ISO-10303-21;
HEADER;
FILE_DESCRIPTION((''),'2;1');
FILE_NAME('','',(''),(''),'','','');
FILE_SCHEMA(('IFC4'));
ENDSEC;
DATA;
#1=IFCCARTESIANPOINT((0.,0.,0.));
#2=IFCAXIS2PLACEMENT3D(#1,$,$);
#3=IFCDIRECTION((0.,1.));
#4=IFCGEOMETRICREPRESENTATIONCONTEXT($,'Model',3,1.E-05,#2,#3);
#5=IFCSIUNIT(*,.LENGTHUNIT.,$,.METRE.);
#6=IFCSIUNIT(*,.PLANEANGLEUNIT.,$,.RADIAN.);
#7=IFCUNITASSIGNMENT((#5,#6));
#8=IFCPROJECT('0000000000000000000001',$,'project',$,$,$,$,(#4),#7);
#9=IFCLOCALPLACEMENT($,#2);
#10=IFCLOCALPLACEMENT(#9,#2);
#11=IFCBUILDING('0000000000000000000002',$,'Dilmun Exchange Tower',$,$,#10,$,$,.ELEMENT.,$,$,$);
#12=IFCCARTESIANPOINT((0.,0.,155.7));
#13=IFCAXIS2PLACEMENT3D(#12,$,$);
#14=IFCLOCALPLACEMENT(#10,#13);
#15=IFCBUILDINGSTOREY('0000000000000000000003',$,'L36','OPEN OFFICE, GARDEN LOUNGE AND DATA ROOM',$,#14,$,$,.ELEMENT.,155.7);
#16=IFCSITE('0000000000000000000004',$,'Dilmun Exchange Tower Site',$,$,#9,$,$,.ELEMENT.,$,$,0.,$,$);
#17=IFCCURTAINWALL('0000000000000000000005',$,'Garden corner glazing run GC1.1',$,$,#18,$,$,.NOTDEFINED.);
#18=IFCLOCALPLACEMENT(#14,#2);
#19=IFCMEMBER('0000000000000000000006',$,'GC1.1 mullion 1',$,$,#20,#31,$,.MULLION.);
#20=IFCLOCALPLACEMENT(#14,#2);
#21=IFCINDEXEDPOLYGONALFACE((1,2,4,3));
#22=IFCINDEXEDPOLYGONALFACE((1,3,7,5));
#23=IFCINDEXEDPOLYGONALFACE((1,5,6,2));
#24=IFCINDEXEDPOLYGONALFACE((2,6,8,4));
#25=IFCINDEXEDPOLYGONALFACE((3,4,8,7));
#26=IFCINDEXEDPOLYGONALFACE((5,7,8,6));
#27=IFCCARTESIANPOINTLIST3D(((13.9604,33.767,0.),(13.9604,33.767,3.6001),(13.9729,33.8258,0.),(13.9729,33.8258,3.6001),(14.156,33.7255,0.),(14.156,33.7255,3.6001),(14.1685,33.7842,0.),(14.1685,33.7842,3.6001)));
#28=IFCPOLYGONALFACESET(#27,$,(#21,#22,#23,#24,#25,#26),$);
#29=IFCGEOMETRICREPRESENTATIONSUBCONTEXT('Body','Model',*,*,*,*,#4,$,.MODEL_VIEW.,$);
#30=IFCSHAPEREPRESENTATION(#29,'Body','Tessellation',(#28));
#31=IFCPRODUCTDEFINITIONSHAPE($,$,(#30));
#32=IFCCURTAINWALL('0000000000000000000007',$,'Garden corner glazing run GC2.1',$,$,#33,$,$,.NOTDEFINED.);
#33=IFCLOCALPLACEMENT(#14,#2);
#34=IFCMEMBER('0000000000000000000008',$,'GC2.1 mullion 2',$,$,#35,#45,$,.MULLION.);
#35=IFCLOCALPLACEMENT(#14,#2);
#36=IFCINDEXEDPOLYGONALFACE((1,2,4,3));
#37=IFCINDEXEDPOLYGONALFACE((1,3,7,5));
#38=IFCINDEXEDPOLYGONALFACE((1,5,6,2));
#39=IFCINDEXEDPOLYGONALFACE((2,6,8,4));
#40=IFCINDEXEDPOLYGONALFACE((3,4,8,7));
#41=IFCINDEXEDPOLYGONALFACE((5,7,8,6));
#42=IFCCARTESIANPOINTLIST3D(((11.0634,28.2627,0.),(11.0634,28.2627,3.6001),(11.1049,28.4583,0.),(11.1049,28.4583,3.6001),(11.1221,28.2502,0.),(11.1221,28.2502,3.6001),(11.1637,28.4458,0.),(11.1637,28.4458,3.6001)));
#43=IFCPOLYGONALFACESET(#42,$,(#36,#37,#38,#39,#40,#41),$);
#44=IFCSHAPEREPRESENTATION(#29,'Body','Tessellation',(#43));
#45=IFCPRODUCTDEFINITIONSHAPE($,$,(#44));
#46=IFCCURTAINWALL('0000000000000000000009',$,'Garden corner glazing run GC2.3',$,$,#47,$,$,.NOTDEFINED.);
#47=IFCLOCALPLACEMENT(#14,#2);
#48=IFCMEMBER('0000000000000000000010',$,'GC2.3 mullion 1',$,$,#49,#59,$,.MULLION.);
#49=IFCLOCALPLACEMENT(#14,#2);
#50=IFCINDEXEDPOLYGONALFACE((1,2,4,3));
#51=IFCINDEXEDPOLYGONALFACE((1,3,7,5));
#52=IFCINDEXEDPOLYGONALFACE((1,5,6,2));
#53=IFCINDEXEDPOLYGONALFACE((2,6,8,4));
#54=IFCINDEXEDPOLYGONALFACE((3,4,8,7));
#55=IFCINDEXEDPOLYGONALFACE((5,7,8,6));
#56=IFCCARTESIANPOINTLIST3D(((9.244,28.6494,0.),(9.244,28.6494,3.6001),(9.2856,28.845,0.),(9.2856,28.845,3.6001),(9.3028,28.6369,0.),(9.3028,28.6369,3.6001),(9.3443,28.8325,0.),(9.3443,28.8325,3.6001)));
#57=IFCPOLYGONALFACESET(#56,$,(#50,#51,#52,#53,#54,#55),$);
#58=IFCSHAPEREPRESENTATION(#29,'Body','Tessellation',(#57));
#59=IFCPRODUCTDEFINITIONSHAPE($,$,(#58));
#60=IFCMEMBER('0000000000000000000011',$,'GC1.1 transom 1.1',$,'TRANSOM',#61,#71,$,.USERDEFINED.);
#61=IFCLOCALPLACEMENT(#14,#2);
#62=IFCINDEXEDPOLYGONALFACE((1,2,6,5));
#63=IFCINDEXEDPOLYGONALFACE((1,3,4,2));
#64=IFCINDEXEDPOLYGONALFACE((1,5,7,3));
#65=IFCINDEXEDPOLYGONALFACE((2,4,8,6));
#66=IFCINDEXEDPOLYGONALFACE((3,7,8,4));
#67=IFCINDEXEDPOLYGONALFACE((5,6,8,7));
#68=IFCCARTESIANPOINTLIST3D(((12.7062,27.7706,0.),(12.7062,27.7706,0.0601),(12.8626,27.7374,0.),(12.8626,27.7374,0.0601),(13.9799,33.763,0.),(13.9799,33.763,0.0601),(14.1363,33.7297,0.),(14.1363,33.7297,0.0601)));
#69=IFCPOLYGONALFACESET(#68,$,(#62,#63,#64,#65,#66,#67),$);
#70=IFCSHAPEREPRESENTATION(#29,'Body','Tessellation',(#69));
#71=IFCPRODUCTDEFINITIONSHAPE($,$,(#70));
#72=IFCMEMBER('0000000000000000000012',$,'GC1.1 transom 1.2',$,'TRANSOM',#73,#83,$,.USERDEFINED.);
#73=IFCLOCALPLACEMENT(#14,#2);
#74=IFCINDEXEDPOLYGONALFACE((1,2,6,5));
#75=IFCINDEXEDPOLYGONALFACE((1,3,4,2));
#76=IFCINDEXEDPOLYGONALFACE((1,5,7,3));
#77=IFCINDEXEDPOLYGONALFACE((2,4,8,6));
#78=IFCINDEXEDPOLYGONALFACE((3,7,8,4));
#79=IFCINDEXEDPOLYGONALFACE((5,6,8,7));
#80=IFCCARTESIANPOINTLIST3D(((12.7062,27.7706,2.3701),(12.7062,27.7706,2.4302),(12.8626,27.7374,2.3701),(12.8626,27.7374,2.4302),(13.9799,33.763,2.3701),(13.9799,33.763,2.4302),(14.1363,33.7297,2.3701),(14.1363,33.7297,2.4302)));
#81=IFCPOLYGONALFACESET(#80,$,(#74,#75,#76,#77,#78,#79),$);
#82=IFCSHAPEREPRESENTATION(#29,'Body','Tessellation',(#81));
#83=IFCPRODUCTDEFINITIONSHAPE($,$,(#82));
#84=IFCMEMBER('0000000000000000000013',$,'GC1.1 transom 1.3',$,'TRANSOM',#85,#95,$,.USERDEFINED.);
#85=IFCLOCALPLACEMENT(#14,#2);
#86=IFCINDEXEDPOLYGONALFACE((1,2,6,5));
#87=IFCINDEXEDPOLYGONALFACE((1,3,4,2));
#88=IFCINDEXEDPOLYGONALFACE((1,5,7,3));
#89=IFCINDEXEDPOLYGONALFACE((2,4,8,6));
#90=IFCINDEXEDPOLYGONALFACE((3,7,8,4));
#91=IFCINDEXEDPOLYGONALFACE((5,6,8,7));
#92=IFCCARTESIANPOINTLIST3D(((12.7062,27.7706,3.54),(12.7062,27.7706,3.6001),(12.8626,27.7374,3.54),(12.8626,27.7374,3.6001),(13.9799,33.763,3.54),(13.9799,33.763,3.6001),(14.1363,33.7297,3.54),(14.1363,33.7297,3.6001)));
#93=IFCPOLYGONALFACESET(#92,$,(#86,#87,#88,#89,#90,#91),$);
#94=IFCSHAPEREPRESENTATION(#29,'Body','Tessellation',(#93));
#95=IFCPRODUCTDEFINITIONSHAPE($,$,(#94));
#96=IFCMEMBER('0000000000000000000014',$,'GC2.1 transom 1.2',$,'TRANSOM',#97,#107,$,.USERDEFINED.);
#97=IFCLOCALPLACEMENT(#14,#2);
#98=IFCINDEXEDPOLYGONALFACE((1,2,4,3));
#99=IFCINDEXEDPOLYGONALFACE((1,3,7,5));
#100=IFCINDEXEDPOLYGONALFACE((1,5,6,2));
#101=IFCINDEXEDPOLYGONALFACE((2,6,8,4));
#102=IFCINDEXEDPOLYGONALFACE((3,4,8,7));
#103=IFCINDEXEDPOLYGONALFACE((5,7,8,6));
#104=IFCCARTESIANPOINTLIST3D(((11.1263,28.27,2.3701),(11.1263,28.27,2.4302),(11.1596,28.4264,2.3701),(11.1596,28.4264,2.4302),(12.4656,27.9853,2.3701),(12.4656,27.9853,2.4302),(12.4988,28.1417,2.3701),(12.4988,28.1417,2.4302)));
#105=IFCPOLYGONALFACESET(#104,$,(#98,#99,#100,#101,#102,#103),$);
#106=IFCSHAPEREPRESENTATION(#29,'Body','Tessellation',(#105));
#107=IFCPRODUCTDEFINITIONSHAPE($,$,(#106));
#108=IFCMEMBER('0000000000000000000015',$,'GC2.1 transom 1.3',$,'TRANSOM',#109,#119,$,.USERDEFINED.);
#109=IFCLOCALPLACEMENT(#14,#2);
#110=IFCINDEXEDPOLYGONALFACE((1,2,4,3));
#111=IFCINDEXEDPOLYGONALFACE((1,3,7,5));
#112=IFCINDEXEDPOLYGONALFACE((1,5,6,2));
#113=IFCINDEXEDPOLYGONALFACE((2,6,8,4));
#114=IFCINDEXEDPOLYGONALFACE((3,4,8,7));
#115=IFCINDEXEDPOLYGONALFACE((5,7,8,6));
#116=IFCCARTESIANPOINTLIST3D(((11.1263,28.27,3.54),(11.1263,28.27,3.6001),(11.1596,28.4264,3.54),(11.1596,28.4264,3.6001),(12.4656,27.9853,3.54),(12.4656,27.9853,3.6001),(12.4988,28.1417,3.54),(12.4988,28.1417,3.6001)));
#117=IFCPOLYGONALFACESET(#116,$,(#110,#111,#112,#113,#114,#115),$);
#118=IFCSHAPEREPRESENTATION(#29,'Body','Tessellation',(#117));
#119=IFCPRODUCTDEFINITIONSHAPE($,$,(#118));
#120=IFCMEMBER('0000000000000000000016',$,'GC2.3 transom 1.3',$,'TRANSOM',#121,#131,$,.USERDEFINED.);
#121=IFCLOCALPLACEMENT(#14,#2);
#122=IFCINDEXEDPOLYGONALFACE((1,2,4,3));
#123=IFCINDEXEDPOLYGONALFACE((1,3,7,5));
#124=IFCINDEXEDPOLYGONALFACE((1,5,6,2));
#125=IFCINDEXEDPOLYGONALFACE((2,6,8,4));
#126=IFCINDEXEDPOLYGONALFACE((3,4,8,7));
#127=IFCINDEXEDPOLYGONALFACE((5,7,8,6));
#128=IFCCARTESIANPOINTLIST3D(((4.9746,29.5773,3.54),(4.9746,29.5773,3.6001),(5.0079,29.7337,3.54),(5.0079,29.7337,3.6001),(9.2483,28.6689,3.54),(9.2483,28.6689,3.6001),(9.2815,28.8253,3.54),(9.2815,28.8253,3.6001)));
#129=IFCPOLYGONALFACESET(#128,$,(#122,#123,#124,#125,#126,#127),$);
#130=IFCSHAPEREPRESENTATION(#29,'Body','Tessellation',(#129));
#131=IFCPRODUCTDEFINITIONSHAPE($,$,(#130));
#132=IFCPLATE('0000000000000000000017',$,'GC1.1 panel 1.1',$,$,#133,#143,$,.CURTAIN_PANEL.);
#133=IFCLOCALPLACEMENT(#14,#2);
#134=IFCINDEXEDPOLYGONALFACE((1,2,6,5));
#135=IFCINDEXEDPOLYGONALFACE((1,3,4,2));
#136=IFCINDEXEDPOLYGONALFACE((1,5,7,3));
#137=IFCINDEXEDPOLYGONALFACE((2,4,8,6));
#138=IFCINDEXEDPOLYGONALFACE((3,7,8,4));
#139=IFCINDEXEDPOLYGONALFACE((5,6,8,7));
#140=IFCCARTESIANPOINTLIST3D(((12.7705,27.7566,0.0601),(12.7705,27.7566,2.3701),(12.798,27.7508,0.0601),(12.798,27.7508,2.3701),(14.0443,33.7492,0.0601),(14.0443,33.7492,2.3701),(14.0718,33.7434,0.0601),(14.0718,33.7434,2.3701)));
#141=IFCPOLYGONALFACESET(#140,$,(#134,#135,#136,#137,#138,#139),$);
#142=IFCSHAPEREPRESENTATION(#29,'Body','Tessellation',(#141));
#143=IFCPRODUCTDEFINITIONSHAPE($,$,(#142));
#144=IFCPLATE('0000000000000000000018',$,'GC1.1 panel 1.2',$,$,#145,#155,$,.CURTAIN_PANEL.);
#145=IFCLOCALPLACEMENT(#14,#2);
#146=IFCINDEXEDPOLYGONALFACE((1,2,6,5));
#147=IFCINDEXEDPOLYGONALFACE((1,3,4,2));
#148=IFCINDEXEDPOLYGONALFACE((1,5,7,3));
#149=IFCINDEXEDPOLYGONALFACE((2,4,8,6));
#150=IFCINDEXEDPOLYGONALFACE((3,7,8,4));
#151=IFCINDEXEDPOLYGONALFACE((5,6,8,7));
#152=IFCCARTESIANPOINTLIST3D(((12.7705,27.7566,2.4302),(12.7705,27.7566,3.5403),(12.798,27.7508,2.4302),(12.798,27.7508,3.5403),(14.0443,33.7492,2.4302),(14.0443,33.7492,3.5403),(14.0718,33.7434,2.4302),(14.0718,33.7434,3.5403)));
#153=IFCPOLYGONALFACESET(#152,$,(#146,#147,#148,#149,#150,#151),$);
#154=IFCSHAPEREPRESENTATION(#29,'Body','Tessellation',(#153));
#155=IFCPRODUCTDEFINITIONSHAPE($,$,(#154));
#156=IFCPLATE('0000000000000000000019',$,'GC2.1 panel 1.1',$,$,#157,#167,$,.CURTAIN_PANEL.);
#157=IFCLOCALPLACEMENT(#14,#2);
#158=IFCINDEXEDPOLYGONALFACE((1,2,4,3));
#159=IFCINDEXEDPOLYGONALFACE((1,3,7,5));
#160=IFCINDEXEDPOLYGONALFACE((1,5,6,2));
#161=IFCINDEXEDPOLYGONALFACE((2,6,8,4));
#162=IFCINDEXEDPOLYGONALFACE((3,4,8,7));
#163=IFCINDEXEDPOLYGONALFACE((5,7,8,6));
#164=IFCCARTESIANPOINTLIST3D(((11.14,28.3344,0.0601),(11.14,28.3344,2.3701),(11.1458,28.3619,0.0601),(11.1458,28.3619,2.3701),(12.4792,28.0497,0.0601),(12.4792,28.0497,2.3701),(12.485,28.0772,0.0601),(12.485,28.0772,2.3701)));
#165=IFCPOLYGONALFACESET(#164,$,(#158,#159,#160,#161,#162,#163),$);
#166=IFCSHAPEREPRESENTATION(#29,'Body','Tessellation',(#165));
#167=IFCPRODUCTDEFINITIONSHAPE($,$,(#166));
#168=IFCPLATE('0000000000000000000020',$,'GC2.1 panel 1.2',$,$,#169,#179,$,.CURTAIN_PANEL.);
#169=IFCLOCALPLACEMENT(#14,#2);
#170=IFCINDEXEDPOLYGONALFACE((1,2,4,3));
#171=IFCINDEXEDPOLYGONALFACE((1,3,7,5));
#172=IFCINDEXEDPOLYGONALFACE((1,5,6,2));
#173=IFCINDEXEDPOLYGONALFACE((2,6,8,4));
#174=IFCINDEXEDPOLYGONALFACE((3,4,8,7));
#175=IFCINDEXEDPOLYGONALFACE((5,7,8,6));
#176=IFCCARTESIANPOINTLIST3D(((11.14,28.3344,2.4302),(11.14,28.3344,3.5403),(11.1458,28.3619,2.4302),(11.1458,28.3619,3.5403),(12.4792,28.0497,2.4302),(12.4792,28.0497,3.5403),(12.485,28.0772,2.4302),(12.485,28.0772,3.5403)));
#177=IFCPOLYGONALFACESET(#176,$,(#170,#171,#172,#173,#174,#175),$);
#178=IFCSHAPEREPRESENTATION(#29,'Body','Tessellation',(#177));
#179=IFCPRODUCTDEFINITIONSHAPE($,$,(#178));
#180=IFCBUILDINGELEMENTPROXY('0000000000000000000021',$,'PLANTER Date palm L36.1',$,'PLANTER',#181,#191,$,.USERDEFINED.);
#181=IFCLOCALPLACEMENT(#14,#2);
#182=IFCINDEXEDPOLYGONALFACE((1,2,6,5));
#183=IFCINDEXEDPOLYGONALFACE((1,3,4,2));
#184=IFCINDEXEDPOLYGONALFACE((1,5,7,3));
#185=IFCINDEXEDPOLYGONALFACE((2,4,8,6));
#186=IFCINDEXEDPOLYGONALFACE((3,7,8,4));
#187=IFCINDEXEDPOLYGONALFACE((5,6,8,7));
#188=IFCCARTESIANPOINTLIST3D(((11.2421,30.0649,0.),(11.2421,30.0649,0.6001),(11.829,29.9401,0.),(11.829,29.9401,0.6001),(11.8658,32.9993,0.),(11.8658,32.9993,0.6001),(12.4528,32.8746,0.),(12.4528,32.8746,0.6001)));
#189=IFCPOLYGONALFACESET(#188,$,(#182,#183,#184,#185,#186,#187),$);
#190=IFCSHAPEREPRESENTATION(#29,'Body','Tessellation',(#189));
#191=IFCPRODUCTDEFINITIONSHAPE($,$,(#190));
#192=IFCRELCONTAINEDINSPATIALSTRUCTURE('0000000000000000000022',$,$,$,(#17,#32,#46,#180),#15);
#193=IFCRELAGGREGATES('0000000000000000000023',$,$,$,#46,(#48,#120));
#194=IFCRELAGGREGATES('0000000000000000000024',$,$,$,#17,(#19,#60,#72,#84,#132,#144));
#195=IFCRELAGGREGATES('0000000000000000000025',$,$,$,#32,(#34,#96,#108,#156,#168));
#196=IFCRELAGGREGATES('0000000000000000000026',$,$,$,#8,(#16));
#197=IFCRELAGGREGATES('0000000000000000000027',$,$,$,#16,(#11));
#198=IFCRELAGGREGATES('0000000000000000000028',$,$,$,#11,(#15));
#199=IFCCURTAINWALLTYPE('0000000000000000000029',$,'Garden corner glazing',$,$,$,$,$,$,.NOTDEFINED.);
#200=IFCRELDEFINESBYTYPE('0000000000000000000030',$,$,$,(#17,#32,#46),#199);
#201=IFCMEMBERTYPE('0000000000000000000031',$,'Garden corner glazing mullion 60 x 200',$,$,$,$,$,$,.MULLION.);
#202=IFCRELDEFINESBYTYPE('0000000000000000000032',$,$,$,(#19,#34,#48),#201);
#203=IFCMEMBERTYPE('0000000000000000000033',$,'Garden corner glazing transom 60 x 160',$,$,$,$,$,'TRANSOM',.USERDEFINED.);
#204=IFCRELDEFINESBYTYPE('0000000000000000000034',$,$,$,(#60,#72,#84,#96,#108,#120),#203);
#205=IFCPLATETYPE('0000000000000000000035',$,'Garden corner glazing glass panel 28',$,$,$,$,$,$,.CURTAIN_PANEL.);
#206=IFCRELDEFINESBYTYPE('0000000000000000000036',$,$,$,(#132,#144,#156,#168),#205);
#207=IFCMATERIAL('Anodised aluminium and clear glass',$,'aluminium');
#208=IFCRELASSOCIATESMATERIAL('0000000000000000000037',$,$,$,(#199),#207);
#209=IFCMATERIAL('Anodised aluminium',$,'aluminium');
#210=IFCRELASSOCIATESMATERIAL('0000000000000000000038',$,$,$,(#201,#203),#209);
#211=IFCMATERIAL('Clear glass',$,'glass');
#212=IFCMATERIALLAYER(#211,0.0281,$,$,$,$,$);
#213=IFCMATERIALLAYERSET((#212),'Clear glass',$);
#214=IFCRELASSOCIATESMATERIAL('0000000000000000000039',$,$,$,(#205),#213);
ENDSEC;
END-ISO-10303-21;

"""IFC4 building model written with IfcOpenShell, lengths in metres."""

from ifc_helpers import new_model, si_unit, direction, frame, origin, origin_2d, place, context, subcontext, project, spatial, rectangle, extrude, material, layer, layer_set, material_profile, profile_set, type_object, element, aggregate, save


model = new_model("IFC4")

# Units and contexts
model_context = context("Model", 3, precision=1e-05, world=origin(), true_north=direction((0.0, 1.0)))
body_context = subcontext(model_context, "Body", "Model", "MODEL_VIEW")
ifc_project = project(units=[si_unit("LENGTHUNIT", "METRE"), si_unit("PLANEANGLEUNIT", "RADIAN")], contexts=[model_context])

# Site, building, storey
site_placement = place(None, origin())
site = spatial("IfcSite", under=ifc_project, at=site_placement, Name="Dilmun Exchange Tower Site", CompositionType="ELEMENT", RefElevation=0.0)
building_placement = place(site_placement, origin())
building = spatial("IfcBuilding", under=site, at=building_placement, Name="Dilmun Exchange Tower", CompositionType="ELEMENT")
storey_placement = place(building_placement, frame((0.0, 0.0, 155.7)))
storey = spatial("IfcBuildingStorey", under=building, at=storey_placement, Name="L36", Description="OPEN OFFICE, GARDEN LOUNGE AND DATA ROOM", CompositionType="ELEMENT", Elevation=155.7)

# Curtain walls, members
ifc_material_1 = material(Name="Anodised aluminium and clear glass", Category="aluminium")
curtain_wall_type = type_object("IfcCurtainWallType", Name="Garden corner glazing", PredefinedType="NOTDEFINED", material=ifc_material_1)
curtain_wall_1_placement = place(storey_placement, origin())
curtain_wall_1 = element("IfcCurtainWall", 1, at=curtain_wall_1_placement, inside=storey, type_object=curtain_wall_type, Name="Garden corner glazing run GC1.1", PredefinedType="NOTDEFINED")
ifc_material_2 = material(Name="Anodised aluminium", Category="aluminium")
ifc_material_profile_1 = material_profile(ifc_material_2, rectangle(XDim=0.2, YDim=0.0601, at=origin_2d()), Name="AL 60x200")
ifc_profile_set_1 = profile_set([ifc_material_profile_1], Name="Anodised aluminium")
member_type_1 = type_object("IfcMemberType", Name="Garden corner glazing mullion 60 x 200", PredefinedType="MULLION", material=ifc_profile_set_1)
member_1_placement = place(storey_placement, frame((14.0645, 33.7756, 0.0), z_axis=(0.0, 0.0, 1.0), x_axis=(0.978148, -0.207912, 0.0)))
member_1 = element("IfcMember", 2, at=member_1_placement, type_object=member_type_1, Name="GC1.1 mullion 1", PredefinedType="MULLION", context=body_context, shape_type="SweptSolid", body=[
    extrude(rectangle(XDim=0.2, YDim=0.0601, at=origin_2d()), origin(), (0.0, 0.0, 1.0), 3.6001),
])
curtain_wall_2_placement = place(storey_placement, origin())
curtain_wall_2 = element("IfcCurtainWall", 3, at=curtain_wall_2_placement, inside=storey, type_object=curtain_wall_type, Name="Garden corner glazing run GC2.1", PredefinedType="NOTDEFINED")
member_2_placement = place(storey_placement, frame((11.1135, 28.3542, 0.0), z_axis=(0.0, 0.0, 1.0), x_axis=(-0.207919, -0.978146, 0.0)))
member_2 = element("IfcMember", 4, at=member_2_placement, type_object=member_type_1, Name="GC2.1 mullion 2", PredefinedType="MULLION", context=body_context, shape_type="SweptSolid", body=[
    extrude(rectangle(XDim=0.2, YDim=0.0601, at=origin_2d()), origin(), (0.0, 0.0, 1.0), 3.6001),
])
curtain_wall_3_placement = place(storey_placement, origin())
curtain_wall_3 = element("IfcCurtainWall", 5, at=curtain_wall_3_placement, inside=storey, type_object=curtain_wall_type, Name="Garden corner glazing run GC2.3", PredefinedType="NOTDEFINED")
member_3_placement = place(storey_placement, frame((9.2942, 28.741, 0.0), z_axis=(0.0, 0.0, 1.0), x_axis=(-0.207925, -0.978145, 0.0)))
member_3 = element("IfcMember", 6, at=member_3_placement, type_object=member_type_1, Name="GC2.3 mullion 1", PredefinedType="MULLION", context=body_context, shape_type="SweptSolid", body=[
    extrude(rectangle(XDim=0.2, YDim=0.0601, at=origin_2d()), origin(), (0.0, 0.0, 1.0), 3.6001),
])

# Members
ifc_material_profile_2 = material_profile(ifc_material_2, rectangle(XDim=0.1599, YDim=0.0601, at=origin_2d()), Name="AL 60x160")
ifc_profile_set_2 = profile_set([ifc_material_profile_2], Name="Anodised aluminium")
member_type_2 = type_object("IfcMemberType", Name="Garden corner glazing transom 60 x 160", ElementType="TRANSOM", PredefinedType="USERDEFINED", material=ifc_profile_set_2)
member_4_placement = place(storey_placement, frame((14.0581, 33.7463, 0.03), z_axis=(-0.207904, -0.978149, 0.0), x_axis=(0.978149, -0.207904, 0.0)))
member_4 = element("IfcMember", 7, at=member_4_placement, type_object=member_type_2, Name="GC1.1 transom 1.1", ObjectType="TRANSOM", PredefinedType="USERDEFINED", context=body_context, shape_type="SweptSolid", body=[
    extrude(rectangle(XDim=0.1599, YDim=0.0601, at=origin_2d()), origin(), (0.0, 0.0, 1.0), 6.1262),
])
member_5_placement = place(storey_placement, frame((14.0581, 33.7463, 2.4001), z_axis=(-0.207904, -0.978149, 0.0), x_axis=(0.978149, -0.207904, 0.0)))
member_5 = element("IfcMember", 8, at=member_5_placement, type_object=member_type_2, Name="GC1.1 transom 1.2", ObjectType="TRANSOM", PredefinedType="USERDEFINED", context=body_context, shape_type="SweptSolid", body=[
    extrude(rectangle(XDim=0.1599, YDim=0.0601, at=origin_2d()), origin(), (0.0, 0.0, 1.0), 6.1262),
])
member_6_placement = place(storey_placement, frame((14.0581, 33.7463, 3.5701), z_axis=(-0.207904, -0.978149, 0.0), x_axis=(0.978149, -0.207904, 0.0)))
member_6 = element("IfcMember", 9, at=member_6_placement, type_object=member_type_2, Name="GC1.1 transom 1.3", ObjectType="TRANSOM", PredefinedType="USERDEFINED", context=body_context, shape_type="SweptSolid", body=[
    extrude(rectangle(XDim=0.1599, YDim=0.0601, at=origin_2d()), origin(), (0.0, 0.0, 1.0), 6.1262),
])
member_7_placement = place(storey_placement, frame((12.4822, 28.0635, 2.4001), z_axis=(-0.978143, 0.207933, 0.0), x_axis=(-0.207933, -0.978143, 0.0)))
member_7 = element("IfcMember", 10, at=member_7_placement, type_object=member_type_2, Name="GC2.1 transom 1.2", ObjectType="TRANSOM", PredefinedType="USERDEFINED", context=body_context, shape_type="SweptSolid", body=[
    extrude(rectangle(XDim=0.1599, YDim=0.0601, at=origin_2d()), origin(), (0.0, 0.0, 1.0), 1.3691),
])
member_8_placement = place(storey_placement, frame((12.4822, 28.0635, 3.5701), z_axis=(-0.978143, 0.207933, 0.0), x_axis=(-0.207933, -0.978143, 0.0)))
member_8 = element("IfcMember", 11, at=member_8_placement, type_object=member_type_2, Name="GC2.1 transom 1.3", ObjectType="TRANSOM", PredefinedType="USERDEFINED", context=body_context, shape_type="SweptSolid", body=[
    extrude(rectangle(XDim=0.1599, YDim=0.0601, at=origin_2d()), origin(), (0.0, 0.0, 1.0), 1.3691),
])
member_9_placement = place(storey_placement, frame((9.2649, 28.7471, 3.5701), z_axis=(-0.978145, 0.207922, 0.0), x_axis=(-0.207922, -0.978145, 0.0)))
member_9 = element("IfcMember", 12, at=member_9_placement, type_object=member_type_2, Name="GC2.3 transom 1.3", ObjectType="TRANSOM", PredefinedType="USERDEFINED", context=body_context, shape_type="SweptSolid", body=[
    extrude(rectangle(XDim=0.1599, YDim=0.0601, at=origin_2d()), origin(), (0.0, 0.0, 1.0), 4.3691),
])
aggregate(curtain_wall_3, [member_3, member_9])

# Plates
ifc_material_3 = material(Name="Clear glass", Category="glass")
ifc_layer_1 = layer(ifc_material_3, 0.0281)
ifc_layer_set_1 = layer_set([ifc_layer_1], Name="Clear glass")
plate_type = type_object("IfcPlateType", Name="Garden corner glazing glass panel 28", PredefinedType="CURTAIN_PANEL", material=ifc_layer_set_1)
plate_1_placement = place(storey_placement, frame((13.4211, 30.75, 0.0601), z_axis=(0.0, 0.0, 1.0), x_axis=(-0.207912, -0.978148, 0.0)))
plate_1 = element("IfcPlate", 13, at=plate_1_placement, type_object=plate_type, Name="GC1.1 panel 1.1", PredefinedType="CURTAIN_PANEL", context=body_context, shape_type="SweptSolid", body=[
    extrude(rectangle(XDim=6.1265, YDim=0.0281, at=origin_2d()), origin(), (0.0, 0.0, 1.0), 2.3101),
])
plate_2_placement = place(storey_placement, frame((13.4211, 30.75, 2.4302), z_axis=(0.0, 0.0, 1.0), x_axis=(-0.207912, -0.978148, 0.0)))
plate_2 = element("IfcPlate", 14, at=plate_2_placement, type_object=plate_type, Name="GC1.1 panel 1.2", PredefinedType="CURTAIN_PANEL", context=body_context, shape_type="SweptSolid", body=[
    extrude(rectangle(XDim=6.1265, YDim=0.0281, at=origin_2d()), origin(), (0.0, 0.0, 1.0), 1.1101),
])
aggregate(curtain_wall_1, [member_1, member_4, member_5, member_6, plate_1, plate_2])
plate_3_placement = place(storey_placement, frame((11.8125, 28.2058, 0.0601), z_axis=(0.0, 0.0, 1.0), x_axis=(-0.978146, 0.207919, 0.0)))
plate_3 = element("IfcPlate", 15, at=plate_3_placement, type_object=plate_type, Name="GC2.1 panel 1.1", PredefinedType="CURTAIN_PANEL", context=body_context, shape_type="SweptSolid", body=[
    extrude(rectangle(XDim=1.3691, YDim=0.0281, at=origin_2d()), origin(), (0.0, 0.0, 1.0), 2.3101),
])
plate_4_placement = place(storey_placement, frame((11.8125, 28.2058, 2.4302), z_axis=(0.0, 0.0, 1.0), x_axis=(-0.978146, 0.207919, 0.0)))
plate_4 = element("IfcPlate", 16, at=plate_4_placement, type_object=plate_type, Name="GC2.1 panel 1.2", PredefinedType="CURTAIN_PANEL", context=body_context, shape_type="SweptSolid", body=[
    extrude(rectangle(XDim=1.3691, YDim=0.0281, at=origin_2d()), origin(), (0.0, 0.0, 1.0), 1.1101),
])
aggregate(curtain_wall_2, [member_2, member_7, member_8, plate_3, plate_4])

# Building element proxy
proxy_placement = place(storey_placement, frame((11.8474, 31.4697, 0.0), z_axis=(0.0, 0.0, 1.0), x_axis=(0.207912, 0.978148, 0.0)))
element("IfcBuildingElementProxy", 17, at=proxy_placement, inside=storey, Name="PLANTER Date palm L36.1", ObjectType="PLANTER", PredefinedType="USERDEFINED", context=body_context, shape_type="SweptSolid", body=[
    extrude(rectangle(XDim=3.0, YDim=0.6001, at=origin_2d()), origin(), (0.0, 0.0, 1.0), 0.6001),
])

save(model, "model.ifc")
